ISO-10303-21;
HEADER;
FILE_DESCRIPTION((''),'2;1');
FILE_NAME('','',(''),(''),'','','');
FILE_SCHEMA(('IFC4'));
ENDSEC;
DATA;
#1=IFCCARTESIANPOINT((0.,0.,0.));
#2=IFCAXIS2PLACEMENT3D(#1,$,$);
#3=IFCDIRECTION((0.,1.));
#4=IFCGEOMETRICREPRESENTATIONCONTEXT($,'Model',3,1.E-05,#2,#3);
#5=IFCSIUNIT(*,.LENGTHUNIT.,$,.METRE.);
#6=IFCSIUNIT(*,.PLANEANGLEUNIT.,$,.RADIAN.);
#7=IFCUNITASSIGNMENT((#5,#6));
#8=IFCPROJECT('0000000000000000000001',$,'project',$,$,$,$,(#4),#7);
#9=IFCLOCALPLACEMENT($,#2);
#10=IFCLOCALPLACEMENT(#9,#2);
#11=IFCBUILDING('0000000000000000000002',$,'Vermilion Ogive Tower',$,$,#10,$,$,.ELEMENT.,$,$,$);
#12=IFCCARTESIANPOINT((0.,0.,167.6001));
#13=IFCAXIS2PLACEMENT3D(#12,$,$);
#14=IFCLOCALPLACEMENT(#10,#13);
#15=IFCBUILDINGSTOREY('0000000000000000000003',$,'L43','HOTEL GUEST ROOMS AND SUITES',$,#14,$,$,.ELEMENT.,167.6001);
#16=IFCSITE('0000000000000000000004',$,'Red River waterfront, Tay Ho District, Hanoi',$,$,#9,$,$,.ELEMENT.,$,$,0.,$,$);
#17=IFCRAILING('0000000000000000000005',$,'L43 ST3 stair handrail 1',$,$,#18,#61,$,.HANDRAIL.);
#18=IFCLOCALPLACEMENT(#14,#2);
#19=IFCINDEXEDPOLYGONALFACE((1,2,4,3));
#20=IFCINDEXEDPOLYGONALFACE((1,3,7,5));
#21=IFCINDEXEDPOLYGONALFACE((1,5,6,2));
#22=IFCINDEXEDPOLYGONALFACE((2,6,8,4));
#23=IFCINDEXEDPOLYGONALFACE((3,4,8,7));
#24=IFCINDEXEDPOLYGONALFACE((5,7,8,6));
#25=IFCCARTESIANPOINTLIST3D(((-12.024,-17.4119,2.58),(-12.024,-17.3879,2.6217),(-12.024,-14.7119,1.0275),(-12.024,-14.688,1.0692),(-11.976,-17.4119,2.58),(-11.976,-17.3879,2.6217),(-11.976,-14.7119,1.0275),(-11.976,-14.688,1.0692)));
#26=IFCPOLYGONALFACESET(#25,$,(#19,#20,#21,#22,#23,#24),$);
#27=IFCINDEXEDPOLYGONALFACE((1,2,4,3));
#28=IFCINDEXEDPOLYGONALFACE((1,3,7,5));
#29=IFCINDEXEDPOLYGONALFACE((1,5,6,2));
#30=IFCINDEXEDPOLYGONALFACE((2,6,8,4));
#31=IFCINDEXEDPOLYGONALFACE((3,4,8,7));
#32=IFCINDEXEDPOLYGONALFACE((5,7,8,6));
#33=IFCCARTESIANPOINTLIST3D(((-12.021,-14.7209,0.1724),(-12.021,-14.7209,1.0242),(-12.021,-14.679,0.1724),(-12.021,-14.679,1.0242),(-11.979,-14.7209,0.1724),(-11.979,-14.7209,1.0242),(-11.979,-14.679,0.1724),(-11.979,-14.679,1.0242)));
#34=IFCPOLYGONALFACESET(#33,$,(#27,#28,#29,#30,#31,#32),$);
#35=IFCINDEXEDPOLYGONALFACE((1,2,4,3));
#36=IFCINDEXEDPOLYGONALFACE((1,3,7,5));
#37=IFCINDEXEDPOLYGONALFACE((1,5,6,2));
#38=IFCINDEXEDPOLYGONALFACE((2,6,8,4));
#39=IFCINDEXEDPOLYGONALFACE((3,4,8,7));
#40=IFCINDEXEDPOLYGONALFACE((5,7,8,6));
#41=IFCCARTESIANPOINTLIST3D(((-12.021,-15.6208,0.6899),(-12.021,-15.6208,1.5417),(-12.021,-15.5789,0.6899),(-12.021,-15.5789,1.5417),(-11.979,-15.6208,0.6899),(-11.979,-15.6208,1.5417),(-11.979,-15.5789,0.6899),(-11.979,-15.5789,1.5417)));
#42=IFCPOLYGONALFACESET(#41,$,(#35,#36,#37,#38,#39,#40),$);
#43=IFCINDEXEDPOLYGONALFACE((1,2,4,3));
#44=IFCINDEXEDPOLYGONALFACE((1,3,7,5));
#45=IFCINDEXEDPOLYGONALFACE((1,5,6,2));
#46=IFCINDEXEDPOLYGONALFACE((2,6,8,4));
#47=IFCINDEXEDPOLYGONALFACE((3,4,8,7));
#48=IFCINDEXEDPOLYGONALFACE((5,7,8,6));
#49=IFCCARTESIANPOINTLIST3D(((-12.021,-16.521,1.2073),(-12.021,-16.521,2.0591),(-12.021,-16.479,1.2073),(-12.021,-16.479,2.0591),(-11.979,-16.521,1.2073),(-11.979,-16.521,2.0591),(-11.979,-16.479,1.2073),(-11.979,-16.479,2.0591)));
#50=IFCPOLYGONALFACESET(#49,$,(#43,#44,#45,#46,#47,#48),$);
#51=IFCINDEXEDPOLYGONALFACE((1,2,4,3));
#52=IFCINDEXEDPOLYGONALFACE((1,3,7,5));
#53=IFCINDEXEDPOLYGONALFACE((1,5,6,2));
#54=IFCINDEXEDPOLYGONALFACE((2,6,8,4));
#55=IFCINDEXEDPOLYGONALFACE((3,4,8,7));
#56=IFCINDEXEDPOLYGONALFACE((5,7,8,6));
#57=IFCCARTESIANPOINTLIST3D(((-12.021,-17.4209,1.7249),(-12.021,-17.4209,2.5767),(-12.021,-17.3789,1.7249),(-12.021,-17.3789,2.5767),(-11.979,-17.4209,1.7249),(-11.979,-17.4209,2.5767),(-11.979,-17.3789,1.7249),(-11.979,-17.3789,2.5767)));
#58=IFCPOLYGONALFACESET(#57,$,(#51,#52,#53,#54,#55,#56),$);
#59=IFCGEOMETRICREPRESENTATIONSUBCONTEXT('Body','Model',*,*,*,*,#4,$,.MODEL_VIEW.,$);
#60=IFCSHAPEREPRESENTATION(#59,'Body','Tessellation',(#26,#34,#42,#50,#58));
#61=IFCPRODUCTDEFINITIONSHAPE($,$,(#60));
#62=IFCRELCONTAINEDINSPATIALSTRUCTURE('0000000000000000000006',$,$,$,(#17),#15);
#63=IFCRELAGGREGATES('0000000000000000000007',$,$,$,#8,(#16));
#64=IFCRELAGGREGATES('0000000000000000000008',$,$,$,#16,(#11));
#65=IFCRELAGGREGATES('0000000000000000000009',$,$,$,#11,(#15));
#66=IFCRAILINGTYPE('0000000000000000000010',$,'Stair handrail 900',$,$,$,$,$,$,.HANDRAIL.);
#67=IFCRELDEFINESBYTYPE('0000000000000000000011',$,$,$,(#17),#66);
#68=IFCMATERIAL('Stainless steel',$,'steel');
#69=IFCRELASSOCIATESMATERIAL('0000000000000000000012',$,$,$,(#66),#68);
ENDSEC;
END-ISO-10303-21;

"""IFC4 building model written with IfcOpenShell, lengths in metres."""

from ifc_helpers import new_model, si_unit, direction, frame, origin, origin_2d, place, context, subcontext, project, spatial, rectangle, extrude, material, type_object, element, save


model = new_model("IFC4")

# Units and contexts
model_context = context("Model", 3, precision=1e-05, world=origin(), true_north=direction((0.0, 1.0)))
body_context = subcontext(model_context, "Body", "Model", "MODEL_VIEW")
ifc_project = project(units=[si_unit("LENGTHUNIT", "METRE"), si_unit("PLANEANGLEUNIT", "RADIAN")], contexts=[model_context])

# Site, building, storey
site_placement = place(None, origin())
site = spatial("IfcSite", under=ifc_project, at=site_placement, Name="Red River waterfront, Tay Ho District, Hanoi", CompositionType="ELEMENT", RefElevation=0.0)
building_placement = place(site_placement, origin())
building = spatial("IfcBuilding", under=site, at=building_placement, Name="Vermilion Ogive Tower", CompositionType="ELEMENT")
storey_placement = place(building_placement, frame((0.0, 0.0, 167.6001)))
storey = spatial("IfcBuildingStorey", under=building, at=storey_placement, Name="L43", Description="HOTEL GUEST ROOMS AND SUITES", CompositionType="ELEMENT", Elevation=167.6001)

# Railing
ifc_material_1 = material(Name="Stainless steel", Category="steel")
railing_type_1 = type_object("IfcRailingType", Name="Stair handrail 900", PredefinedType="HANDRAIL", material=ifc_material_1)
railing_1_placement = place(storey_placement, frame((-12.0, -14.7, 0.1724)))
element("IfcRailing", 1, at=railing_1_placement, inside=storey, type_object=railing_type_1, Name="L43 ST3 stair handrail 1", PredefinedType="HANDRAIL", context=body_context, shape_type="SweptSolid", body=[
    extrude(rectangle(XDim=0.0481, YDim=0.0481, at=origin_2d()), frame((0.0, 0.0, 0.876), z_axis=(0.0, -0.866904, 0.498476), x_axis=(1.0, 0.0, 0.0)), (0.0, 0.0, 1.0), 3.1145),
    extrude(rectangle(XDim=0.042, YDim=0.042, at=origin_2d()), origin(), (0.0, 0.0, 1.0), 0.8518),
    extrude(rectangle(XDim=0.042, YDim=0.042, at=origin_2d()), frame((0.0, -0.8999, 0.5176)), (0.0, 0.0, 1.0), 0.8518),
    extrude(rectangle(XDim=0.042, YDim=0.042, at=origin_2d()), frame((0.0, -1.8, 1.0349)), (0.0, 0.0, 1.0), 0.8518),
    extrude(rectangle(XDim=0.042, YDim=0.042, at=origin_2d()), frame((0.0, -2.7, 1.5525)), (0.0, 0.0, 1.0), 0.8518),
])

save(model, "model.ifc")
